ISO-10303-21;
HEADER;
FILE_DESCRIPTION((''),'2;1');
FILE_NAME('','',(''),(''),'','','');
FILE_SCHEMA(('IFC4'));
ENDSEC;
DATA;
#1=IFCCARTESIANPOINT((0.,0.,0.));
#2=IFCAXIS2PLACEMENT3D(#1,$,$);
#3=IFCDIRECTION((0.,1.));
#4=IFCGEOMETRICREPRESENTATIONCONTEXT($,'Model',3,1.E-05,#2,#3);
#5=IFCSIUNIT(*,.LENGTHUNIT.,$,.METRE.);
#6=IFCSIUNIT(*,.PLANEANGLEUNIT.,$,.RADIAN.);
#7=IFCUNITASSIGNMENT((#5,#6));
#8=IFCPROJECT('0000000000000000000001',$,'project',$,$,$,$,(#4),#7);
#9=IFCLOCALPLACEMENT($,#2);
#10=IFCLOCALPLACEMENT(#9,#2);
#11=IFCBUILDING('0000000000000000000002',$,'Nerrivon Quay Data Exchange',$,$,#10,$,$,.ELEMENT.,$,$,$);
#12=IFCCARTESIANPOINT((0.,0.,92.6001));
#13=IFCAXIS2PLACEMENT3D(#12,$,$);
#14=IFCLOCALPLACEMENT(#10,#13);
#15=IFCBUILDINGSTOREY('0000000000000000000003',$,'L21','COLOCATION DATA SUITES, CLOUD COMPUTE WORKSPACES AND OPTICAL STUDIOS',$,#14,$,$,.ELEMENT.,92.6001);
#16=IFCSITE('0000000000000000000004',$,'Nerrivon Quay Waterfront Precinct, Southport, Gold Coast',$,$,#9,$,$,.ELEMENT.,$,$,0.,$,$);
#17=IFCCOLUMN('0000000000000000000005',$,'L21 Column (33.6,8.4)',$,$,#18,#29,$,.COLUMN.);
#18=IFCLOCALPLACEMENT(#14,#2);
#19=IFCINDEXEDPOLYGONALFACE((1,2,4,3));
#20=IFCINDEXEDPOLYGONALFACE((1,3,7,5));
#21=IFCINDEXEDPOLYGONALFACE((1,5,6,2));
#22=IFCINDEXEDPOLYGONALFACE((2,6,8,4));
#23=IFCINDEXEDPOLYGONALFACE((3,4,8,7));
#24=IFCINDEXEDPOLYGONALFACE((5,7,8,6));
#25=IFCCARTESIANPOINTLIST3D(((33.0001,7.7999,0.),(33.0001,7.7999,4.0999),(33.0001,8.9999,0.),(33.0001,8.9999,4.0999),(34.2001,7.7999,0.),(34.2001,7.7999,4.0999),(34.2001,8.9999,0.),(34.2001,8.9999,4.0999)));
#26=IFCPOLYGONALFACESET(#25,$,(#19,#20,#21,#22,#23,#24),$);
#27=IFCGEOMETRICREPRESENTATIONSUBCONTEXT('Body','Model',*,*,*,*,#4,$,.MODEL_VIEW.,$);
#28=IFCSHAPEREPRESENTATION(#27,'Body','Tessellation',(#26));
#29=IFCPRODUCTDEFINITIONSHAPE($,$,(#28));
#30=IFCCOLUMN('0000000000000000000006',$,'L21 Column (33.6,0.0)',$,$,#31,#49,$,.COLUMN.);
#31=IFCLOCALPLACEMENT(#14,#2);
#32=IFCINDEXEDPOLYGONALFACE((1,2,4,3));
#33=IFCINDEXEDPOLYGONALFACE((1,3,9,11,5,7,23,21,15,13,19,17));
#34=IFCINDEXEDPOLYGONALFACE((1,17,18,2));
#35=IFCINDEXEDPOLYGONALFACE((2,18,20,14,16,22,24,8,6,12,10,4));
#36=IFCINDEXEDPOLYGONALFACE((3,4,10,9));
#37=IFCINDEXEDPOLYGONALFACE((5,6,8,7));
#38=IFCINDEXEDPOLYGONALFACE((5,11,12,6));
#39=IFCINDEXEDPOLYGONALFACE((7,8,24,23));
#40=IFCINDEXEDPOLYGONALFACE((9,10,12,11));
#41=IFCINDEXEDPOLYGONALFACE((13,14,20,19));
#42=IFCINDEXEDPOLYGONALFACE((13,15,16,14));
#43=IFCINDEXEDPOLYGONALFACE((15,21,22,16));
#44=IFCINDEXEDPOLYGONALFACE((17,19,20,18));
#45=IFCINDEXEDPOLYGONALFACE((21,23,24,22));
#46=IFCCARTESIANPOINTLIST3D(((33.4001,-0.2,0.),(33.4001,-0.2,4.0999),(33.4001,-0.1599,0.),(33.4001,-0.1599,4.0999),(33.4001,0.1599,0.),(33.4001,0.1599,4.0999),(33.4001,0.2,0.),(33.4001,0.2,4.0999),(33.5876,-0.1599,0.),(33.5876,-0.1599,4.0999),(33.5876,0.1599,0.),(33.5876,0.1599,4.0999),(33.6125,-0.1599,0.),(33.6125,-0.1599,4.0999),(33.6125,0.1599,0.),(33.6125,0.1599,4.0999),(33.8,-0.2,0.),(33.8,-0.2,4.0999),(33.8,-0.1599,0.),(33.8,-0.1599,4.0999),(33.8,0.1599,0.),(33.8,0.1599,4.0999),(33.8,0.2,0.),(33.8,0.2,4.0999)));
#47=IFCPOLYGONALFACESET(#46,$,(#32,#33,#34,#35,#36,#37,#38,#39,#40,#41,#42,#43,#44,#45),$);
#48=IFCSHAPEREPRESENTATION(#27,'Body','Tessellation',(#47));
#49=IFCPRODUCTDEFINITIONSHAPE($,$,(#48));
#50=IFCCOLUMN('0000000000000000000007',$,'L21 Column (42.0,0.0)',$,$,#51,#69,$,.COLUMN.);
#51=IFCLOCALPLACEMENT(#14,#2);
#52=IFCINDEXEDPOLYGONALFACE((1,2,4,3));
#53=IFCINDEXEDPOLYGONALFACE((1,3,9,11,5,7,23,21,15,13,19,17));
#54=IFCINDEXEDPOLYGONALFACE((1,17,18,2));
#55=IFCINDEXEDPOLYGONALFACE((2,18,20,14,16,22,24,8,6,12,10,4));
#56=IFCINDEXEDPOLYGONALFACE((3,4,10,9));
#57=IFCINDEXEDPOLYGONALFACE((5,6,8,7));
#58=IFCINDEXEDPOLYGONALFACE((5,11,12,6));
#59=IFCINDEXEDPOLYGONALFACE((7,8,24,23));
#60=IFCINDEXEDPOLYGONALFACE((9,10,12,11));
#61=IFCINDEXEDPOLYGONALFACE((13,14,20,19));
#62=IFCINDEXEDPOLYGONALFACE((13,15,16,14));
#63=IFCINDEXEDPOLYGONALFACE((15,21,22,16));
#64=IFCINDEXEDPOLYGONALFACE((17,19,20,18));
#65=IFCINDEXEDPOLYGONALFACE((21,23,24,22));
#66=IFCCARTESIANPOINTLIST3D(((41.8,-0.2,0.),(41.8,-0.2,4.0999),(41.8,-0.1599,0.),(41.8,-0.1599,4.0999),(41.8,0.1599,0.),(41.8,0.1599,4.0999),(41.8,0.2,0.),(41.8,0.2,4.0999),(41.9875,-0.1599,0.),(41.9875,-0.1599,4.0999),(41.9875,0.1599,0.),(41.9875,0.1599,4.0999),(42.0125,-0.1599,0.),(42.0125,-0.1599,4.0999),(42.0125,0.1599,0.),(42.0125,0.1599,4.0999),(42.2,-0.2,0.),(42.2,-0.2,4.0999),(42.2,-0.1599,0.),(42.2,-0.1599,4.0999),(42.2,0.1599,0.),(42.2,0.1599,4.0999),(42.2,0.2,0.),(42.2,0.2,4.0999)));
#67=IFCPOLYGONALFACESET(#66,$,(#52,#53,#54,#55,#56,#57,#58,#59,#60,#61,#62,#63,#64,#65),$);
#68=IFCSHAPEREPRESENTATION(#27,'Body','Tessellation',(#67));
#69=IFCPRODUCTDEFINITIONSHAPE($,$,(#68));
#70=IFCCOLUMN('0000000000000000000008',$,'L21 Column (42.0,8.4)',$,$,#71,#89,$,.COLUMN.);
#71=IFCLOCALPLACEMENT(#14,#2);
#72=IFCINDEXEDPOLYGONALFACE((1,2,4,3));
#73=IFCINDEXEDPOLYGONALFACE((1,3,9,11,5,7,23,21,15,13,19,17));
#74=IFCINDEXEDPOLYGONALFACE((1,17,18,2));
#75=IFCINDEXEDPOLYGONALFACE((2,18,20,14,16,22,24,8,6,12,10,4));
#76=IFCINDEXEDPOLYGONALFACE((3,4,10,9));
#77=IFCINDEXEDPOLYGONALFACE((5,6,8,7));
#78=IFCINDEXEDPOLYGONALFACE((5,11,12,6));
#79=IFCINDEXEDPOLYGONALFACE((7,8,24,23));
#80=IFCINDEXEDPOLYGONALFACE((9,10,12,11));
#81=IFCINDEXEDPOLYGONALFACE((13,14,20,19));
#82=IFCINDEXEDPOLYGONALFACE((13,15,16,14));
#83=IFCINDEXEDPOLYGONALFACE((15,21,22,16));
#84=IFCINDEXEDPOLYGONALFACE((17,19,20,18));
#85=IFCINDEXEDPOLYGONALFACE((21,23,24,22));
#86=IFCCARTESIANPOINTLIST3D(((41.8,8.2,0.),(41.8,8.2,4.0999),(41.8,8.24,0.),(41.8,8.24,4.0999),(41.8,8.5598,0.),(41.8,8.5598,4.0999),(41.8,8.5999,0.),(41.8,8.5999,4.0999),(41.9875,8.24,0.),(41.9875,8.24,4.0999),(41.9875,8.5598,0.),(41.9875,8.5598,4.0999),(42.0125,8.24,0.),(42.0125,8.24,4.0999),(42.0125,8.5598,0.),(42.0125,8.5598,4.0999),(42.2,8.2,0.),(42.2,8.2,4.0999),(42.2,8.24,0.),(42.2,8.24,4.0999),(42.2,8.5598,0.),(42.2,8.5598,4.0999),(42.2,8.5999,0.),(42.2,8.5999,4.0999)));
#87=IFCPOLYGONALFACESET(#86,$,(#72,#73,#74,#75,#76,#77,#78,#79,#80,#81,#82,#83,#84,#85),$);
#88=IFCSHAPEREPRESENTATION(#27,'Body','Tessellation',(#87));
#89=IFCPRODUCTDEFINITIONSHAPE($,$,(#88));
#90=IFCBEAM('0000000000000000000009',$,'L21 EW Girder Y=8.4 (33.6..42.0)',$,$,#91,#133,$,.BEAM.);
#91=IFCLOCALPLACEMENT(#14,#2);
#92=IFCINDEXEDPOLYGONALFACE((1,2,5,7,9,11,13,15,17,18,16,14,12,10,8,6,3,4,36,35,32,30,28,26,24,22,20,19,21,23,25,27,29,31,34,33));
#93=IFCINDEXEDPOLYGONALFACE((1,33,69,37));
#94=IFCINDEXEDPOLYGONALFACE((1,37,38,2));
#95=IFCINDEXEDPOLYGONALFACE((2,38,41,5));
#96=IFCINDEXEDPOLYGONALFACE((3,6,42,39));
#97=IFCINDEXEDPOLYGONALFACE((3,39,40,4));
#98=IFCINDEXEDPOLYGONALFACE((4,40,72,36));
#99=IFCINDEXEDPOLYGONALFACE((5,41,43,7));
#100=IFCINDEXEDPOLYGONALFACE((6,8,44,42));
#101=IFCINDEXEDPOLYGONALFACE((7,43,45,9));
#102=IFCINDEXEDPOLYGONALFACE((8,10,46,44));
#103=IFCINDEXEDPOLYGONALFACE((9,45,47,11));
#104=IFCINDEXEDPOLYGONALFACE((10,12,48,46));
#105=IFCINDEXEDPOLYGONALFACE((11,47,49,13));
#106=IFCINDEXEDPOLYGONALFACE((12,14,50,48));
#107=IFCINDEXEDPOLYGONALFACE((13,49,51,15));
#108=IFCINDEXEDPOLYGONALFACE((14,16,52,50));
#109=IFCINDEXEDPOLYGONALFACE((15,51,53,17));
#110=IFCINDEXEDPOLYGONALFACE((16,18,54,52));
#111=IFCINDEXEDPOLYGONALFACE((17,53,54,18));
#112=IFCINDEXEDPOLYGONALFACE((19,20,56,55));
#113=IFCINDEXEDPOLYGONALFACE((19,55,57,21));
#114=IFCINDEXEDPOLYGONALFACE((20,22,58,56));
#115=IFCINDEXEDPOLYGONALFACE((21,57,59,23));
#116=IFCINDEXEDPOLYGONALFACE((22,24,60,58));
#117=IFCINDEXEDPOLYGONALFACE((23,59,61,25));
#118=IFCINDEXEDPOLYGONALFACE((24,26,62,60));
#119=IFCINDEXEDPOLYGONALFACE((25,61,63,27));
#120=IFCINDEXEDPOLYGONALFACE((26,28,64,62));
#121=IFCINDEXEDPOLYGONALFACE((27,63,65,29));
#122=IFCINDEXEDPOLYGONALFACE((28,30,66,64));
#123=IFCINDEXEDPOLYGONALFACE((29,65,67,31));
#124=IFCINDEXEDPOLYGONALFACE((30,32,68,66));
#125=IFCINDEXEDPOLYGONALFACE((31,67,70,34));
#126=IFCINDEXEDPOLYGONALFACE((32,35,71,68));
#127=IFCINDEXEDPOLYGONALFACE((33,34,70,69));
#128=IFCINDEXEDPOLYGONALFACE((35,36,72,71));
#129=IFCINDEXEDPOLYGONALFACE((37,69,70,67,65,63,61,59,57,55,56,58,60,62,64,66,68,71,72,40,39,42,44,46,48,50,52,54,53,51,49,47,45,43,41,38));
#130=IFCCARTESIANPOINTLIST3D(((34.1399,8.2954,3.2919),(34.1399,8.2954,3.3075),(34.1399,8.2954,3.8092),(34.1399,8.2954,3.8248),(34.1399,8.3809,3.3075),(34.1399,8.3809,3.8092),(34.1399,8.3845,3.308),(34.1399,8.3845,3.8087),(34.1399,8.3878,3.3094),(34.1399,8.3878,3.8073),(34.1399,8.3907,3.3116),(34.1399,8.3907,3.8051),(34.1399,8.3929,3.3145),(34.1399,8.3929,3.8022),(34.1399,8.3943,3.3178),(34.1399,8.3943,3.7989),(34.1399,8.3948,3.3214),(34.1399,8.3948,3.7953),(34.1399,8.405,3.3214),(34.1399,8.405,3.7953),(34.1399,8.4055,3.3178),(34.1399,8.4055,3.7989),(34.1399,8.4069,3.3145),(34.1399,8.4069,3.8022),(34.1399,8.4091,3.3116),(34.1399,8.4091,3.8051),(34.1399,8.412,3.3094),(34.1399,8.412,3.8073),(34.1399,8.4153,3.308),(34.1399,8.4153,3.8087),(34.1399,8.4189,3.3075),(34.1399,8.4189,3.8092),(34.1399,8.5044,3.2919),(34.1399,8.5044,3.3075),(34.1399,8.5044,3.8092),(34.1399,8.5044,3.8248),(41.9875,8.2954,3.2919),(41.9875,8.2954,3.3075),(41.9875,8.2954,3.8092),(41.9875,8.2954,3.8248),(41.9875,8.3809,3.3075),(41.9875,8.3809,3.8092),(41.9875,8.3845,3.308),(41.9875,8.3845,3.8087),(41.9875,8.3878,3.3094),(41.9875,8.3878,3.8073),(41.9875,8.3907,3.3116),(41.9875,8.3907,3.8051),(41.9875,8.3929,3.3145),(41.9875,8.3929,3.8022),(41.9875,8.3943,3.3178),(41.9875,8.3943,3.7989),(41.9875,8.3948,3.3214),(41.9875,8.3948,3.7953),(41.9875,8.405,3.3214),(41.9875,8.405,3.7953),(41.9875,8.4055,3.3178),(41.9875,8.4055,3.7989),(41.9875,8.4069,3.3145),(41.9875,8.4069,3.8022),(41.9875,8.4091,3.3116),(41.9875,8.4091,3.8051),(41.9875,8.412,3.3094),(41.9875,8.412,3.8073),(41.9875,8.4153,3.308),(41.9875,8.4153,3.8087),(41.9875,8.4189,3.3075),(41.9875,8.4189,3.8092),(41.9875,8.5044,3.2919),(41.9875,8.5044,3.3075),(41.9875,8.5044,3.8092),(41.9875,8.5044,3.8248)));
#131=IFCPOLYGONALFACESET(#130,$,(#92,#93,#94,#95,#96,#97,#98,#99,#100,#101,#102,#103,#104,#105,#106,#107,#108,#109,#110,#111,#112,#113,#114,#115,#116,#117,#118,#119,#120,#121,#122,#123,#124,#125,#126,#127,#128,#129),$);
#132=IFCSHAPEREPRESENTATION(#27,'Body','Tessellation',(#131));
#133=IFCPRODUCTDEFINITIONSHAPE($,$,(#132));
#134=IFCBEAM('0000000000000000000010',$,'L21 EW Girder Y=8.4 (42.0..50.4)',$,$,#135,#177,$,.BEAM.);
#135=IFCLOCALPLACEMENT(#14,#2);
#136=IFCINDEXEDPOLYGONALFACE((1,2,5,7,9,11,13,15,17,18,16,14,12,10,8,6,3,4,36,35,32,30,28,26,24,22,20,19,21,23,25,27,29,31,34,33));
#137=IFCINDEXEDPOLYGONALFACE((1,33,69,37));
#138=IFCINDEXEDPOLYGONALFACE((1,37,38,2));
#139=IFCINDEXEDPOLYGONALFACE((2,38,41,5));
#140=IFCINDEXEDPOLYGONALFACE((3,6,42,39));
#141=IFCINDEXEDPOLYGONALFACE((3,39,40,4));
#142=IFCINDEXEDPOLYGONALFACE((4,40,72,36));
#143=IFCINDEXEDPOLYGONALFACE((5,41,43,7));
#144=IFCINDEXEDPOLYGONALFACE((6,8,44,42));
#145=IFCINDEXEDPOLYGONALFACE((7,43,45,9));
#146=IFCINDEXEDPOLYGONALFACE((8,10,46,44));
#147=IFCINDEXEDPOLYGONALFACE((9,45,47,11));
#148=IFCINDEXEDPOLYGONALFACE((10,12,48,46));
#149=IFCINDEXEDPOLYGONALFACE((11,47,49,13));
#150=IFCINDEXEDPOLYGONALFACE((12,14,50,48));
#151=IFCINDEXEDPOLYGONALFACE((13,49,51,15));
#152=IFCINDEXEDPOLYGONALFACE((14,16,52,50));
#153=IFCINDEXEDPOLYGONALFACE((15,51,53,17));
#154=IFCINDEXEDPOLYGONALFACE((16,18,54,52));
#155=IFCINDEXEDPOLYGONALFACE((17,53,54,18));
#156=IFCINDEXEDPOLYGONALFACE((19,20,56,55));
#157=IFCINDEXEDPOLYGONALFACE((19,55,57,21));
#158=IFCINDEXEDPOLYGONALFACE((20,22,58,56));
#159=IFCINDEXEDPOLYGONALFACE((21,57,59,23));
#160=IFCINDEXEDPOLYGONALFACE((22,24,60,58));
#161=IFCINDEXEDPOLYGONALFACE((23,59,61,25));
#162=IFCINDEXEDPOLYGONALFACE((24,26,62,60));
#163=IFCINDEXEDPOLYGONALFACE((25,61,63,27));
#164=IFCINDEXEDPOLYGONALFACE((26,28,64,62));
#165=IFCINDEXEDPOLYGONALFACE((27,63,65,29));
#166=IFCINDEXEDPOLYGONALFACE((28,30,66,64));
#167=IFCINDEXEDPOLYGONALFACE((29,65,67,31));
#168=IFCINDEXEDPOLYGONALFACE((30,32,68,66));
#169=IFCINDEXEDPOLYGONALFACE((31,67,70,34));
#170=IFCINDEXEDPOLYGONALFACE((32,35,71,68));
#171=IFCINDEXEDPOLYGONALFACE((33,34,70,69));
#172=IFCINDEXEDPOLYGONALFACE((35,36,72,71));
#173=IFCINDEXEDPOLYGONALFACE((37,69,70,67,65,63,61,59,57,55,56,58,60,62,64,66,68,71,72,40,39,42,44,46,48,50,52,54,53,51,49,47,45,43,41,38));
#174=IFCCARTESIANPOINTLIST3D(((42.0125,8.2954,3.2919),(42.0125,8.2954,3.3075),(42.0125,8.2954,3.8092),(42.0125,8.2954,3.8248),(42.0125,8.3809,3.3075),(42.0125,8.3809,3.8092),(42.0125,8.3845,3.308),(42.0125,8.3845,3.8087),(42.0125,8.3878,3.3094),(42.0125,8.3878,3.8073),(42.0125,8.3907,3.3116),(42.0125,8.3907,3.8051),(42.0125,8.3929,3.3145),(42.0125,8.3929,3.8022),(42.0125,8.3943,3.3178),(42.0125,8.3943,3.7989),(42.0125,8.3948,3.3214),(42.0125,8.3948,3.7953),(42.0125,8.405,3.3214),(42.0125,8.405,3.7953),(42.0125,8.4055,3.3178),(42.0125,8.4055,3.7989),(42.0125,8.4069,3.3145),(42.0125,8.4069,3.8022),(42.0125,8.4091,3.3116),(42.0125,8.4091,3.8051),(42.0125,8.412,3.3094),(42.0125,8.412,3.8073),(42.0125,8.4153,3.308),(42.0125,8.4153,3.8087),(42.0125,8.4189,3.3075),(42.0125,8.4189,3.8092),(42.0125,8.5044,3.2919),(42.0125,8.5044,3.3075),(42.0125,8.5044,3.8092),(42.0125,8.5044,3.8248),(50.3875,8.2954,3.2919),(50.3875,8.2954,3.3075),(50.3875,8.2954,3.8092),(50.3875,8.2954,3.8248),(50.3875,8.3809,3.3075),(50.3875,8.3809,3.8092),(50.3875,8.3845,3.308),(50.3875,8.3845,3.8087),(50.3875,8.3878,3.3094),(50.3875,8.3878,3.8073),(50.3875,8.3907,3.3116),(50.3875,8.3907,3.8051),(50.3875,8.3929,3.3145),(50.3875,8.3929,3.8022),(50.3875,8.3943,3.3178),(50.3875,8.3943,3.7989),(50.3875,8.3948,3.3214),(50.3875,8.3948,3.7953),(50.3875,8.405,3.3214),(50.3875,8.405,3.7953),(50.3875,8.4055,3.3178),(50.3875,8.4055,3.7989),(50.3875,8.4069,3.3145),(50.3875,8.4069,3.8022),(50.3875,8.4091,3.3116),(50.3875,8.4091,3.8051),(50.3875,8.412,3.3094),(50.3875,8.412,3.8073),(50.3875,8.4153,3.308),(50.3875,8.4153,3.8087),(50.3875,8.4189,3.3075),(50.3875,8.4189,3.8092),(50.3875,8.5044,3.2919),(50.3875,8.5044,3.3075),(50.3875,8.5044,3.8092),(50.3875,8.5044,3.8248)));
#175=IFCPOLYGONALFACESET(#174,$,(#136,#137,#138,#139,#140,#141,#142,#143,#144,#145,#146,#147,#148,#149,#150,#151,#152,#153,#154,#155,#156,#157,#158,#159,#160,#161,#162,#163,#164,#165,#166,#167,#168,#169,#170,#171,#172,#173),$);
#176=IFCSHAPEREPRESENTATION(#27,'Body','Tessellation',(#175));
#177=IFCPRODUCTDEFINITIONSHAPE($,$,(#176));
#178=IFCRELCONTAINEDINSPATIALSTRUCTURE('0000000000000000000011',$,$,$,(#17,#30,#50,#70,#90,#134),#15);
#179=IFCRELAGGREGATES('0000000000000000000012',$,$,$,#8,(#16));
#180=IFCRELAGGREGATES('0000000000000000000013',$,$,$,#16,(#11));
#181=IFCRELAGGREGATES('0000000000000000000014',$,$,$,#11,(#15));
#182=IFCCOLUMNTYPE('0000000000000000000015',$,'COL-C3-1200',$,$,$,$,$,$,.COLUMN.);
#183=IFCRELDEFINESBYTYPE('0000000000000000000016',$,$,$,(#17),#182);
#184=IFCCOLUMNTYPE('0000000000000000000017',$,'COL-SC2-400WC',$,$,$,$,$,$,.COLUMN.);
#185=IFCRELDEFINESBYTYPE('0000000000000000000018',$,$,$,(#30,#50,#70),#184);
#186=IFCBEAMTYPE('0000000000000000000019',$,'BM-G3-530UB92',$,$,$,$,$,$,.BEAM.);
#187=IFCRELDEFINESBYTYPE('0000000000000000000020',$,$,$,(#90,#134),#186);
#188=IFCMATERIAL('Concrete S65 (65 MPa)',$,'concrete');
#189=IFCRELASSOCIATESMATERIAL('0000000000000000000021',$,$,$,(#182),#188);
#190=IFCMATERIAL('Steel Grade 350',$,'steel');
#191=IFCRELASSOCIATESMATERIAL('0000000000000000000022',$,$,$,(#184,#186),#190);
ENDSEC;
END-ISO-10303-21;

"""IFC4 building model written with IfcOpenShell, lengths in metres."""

from ifc_helpers import new_model, si_unit, direction, frame, origin, origin_2d, place, context, subcontext, project, spatial, rectangle, i_section, extrude, material, material_profile, profile_set, type_object, element, save


model = new_model("IFC4")

# Units and contexts
model_context = context("Model", 3, precision=1e-05, world=origin(), true_north=direction((0.0, 1.0)))
body_context = subcontext(model_context, "Body", "Model", "MODEL_VIEW")
ifc_project = project(units=[si_unit("LENGTHUNIT", "METRE"), si_unit("PLANEANGLEUNIT", "RADIAN")], contexts=[model_context])

# Site, building, storey
site_placement = place(None, origin())
site = spatial("IfcSite", under=ifc_project, at=site_placement, Name="Nerrivon Quay Waterfront Precinct, Southport, Gold Coast", CompositionType="ELEMENT", RefElevation=0.0)
building_placement = place(site_placement, origin())
building = spatial("IfcBuilding", under=site, at=building_placement, Name="Nerrivon Quay Data Exchange", CompositionType="ELEMENT")
storey_placement = place(building_placement, frame((0.0, 0.0, 92.6001)))
storey = spatial("IfcBuildingStorey", under=building, at=storey_placement, Name="L21", Description="COLOCATION DATA SUITES, CLOUD COMPUTE WORKSPACES AND OPTICAL STUDIOS", CompositionType="ELEMENT", Elevation=92.6001)

# Columns
ifc_material_1 = material(Name="Concrete S65 (65 MPa)", Category="concrete")
ifc_material_profile_1 = material_profile(ifc_material_1, rectangle(XDim=1.2, YDim=1.2, at=origin_2d()), Name="RC-COL-1200x1200")
ifc_profile_set_1 = profile_set([ifc_material_profile_1], Name="Concrete S65 (65 MPa)")
column_type_1 = type_object("IfcColumnType", Name="COL-C3-1200", PredefinedType="COLUMN", material=ifc_profile_set_1)
column_placement = place(storey_placement, frame((33.6001, 8.3999, 0.0), z_axis=(0.0, 0.0, 1.0), x_axis=(1.0, 0.0, 0.0)))
element("IfcColumn", 1, at=column_placement, inside=storey, type_object=column_type_1, Name="L21 Column (33.6,8.4)", PredefinedType="COLUMN", context=body_context, shape_type="SweptSolid", body=[
    extrude(rectangle(XDim=1.2, YDim=1.2, at=origin_2d()), origin(), (0.0, 0.0, 1.0), 4.0999),
])
ifc_material_2 = material(Name="Steel Grade 350", Category="steel")
ifc_material_profile_2 = material_profile(ifc_material_2, i_section(OverallWidth=0.3999, OverallDepth=0.3999, WebThickness=0.0249, FlangeThickness=0.04, at=origin_2d()), Name="400WC328")
ifc_profile_set_2 = profile_set([ifc_material_profile_2], Name="Steel Grade 350")
column_type_2 = type_object("IfcColumnType", Name="COL-SC2-400WC", PredefinedType="COLUMN", material=ifc_profile_set_2)
for number, where, z_axis, x_axis, name in (
    (2, (33.6001, 0.0, 0.0), (0.0, 0.0, 1.0), (1.0, 0.0, 0.0), "L21 Column (33.6,0.0)"),
    (3, (42.0, 0.0, 0.0), (0.0, 0.0, 1.0), (1.0, 0.0, 0.0), "L21 Column (42.0,0.0)"),
    (4, (42.0, 8.3999, 0.0), (0.0, 0.0, 1.0), (1.0, 0.0, 0.0), "L21 Column (42.0,8.4)"),
):
    element("IfcColumn", number, at=place(storey_placement, frame(where, z_axis=z_axis, x_axis=x_axis)), inside=storey, type_object=column_type_2, Name=name, PredefinedType="COLUMN", context=body_context, shape_type="SweptSolid", body=[
        extrude(i_section(OverallWidth=0.3999, OverallDepth=0.3999, WebThickness=0.0249, FlangeThickness=0.04, at=origin_2d()), origin(), (0.0, 0.0, 1.0), 4.0999),
    ])

# Beams
ifc_material_profile_3 = material_profile(ifc_material_2, i_section(OverallWidth=0.209, OverallDepth=0.533, WebThickness=0.0103, FlangeThickness=0.0156, FilletRadius=0.0139, at=origin_2d()), Name="530UB92.4")
ifc_profile_set_3 = profile_set([ifc_material_profile_3], Name="Steel Grade 350")
beam_type_1 = type_object("IfcBeamType", Name="BM-G3-530UB92", PredefinedType="BEAM", material=ifc_profile_set_3)
beam_1_placement = place(storey_placement, frame((34.1399, 8.3999, 3.5583), z_axis=(1.0, 0.0, 0.0), x_axis=(0.0, 1.0, 0.0)))
element("IfcBeam", 5, at=beam_1_placement, inside=storey, type_object=beam_type_1, Name="L21 EW Girder Y=8.4 (33.6..42.0)", PredefinedType="BEAM", context=body_context, shape_type="SweptSolid", body=[
    extrude(i_section(OverallWidth=0.209, OverallDepth=0.533, WebThickness=0.0103, FlangeThickness=0.0156, FilletRadius=0.0139, at=origin_2d()), origin(), (0.0, 0.0, 1.0), 7.8477),
])
beam_2_placement = place(storey_placement, frame((42.0125, 8.3999, 3.5583), z_axis=(1.0, 0.0, 0.0), x_axis=(0.0, 1.0, 0.0)))
element("IfcBeam", 6, at=beam_2_placement, inside=storey, type_object=beam_type_1, Name="L21 EW Girder Y=8.4 (42.0..50.4)", PredefinedType="BEAM", context=body_context, shape_type="SweptSolid", body=[
    extrude(i_section(OverallWidth=0.209, OverallDepth=0.533, WebThickness=0.0103, FlangeThickness=0.0156, FilletRadius=0.0139, at=origin_2d()), origin(), (0.0, 0.0, 1.0), 8.375),
])

save(model, "model.ifc")
